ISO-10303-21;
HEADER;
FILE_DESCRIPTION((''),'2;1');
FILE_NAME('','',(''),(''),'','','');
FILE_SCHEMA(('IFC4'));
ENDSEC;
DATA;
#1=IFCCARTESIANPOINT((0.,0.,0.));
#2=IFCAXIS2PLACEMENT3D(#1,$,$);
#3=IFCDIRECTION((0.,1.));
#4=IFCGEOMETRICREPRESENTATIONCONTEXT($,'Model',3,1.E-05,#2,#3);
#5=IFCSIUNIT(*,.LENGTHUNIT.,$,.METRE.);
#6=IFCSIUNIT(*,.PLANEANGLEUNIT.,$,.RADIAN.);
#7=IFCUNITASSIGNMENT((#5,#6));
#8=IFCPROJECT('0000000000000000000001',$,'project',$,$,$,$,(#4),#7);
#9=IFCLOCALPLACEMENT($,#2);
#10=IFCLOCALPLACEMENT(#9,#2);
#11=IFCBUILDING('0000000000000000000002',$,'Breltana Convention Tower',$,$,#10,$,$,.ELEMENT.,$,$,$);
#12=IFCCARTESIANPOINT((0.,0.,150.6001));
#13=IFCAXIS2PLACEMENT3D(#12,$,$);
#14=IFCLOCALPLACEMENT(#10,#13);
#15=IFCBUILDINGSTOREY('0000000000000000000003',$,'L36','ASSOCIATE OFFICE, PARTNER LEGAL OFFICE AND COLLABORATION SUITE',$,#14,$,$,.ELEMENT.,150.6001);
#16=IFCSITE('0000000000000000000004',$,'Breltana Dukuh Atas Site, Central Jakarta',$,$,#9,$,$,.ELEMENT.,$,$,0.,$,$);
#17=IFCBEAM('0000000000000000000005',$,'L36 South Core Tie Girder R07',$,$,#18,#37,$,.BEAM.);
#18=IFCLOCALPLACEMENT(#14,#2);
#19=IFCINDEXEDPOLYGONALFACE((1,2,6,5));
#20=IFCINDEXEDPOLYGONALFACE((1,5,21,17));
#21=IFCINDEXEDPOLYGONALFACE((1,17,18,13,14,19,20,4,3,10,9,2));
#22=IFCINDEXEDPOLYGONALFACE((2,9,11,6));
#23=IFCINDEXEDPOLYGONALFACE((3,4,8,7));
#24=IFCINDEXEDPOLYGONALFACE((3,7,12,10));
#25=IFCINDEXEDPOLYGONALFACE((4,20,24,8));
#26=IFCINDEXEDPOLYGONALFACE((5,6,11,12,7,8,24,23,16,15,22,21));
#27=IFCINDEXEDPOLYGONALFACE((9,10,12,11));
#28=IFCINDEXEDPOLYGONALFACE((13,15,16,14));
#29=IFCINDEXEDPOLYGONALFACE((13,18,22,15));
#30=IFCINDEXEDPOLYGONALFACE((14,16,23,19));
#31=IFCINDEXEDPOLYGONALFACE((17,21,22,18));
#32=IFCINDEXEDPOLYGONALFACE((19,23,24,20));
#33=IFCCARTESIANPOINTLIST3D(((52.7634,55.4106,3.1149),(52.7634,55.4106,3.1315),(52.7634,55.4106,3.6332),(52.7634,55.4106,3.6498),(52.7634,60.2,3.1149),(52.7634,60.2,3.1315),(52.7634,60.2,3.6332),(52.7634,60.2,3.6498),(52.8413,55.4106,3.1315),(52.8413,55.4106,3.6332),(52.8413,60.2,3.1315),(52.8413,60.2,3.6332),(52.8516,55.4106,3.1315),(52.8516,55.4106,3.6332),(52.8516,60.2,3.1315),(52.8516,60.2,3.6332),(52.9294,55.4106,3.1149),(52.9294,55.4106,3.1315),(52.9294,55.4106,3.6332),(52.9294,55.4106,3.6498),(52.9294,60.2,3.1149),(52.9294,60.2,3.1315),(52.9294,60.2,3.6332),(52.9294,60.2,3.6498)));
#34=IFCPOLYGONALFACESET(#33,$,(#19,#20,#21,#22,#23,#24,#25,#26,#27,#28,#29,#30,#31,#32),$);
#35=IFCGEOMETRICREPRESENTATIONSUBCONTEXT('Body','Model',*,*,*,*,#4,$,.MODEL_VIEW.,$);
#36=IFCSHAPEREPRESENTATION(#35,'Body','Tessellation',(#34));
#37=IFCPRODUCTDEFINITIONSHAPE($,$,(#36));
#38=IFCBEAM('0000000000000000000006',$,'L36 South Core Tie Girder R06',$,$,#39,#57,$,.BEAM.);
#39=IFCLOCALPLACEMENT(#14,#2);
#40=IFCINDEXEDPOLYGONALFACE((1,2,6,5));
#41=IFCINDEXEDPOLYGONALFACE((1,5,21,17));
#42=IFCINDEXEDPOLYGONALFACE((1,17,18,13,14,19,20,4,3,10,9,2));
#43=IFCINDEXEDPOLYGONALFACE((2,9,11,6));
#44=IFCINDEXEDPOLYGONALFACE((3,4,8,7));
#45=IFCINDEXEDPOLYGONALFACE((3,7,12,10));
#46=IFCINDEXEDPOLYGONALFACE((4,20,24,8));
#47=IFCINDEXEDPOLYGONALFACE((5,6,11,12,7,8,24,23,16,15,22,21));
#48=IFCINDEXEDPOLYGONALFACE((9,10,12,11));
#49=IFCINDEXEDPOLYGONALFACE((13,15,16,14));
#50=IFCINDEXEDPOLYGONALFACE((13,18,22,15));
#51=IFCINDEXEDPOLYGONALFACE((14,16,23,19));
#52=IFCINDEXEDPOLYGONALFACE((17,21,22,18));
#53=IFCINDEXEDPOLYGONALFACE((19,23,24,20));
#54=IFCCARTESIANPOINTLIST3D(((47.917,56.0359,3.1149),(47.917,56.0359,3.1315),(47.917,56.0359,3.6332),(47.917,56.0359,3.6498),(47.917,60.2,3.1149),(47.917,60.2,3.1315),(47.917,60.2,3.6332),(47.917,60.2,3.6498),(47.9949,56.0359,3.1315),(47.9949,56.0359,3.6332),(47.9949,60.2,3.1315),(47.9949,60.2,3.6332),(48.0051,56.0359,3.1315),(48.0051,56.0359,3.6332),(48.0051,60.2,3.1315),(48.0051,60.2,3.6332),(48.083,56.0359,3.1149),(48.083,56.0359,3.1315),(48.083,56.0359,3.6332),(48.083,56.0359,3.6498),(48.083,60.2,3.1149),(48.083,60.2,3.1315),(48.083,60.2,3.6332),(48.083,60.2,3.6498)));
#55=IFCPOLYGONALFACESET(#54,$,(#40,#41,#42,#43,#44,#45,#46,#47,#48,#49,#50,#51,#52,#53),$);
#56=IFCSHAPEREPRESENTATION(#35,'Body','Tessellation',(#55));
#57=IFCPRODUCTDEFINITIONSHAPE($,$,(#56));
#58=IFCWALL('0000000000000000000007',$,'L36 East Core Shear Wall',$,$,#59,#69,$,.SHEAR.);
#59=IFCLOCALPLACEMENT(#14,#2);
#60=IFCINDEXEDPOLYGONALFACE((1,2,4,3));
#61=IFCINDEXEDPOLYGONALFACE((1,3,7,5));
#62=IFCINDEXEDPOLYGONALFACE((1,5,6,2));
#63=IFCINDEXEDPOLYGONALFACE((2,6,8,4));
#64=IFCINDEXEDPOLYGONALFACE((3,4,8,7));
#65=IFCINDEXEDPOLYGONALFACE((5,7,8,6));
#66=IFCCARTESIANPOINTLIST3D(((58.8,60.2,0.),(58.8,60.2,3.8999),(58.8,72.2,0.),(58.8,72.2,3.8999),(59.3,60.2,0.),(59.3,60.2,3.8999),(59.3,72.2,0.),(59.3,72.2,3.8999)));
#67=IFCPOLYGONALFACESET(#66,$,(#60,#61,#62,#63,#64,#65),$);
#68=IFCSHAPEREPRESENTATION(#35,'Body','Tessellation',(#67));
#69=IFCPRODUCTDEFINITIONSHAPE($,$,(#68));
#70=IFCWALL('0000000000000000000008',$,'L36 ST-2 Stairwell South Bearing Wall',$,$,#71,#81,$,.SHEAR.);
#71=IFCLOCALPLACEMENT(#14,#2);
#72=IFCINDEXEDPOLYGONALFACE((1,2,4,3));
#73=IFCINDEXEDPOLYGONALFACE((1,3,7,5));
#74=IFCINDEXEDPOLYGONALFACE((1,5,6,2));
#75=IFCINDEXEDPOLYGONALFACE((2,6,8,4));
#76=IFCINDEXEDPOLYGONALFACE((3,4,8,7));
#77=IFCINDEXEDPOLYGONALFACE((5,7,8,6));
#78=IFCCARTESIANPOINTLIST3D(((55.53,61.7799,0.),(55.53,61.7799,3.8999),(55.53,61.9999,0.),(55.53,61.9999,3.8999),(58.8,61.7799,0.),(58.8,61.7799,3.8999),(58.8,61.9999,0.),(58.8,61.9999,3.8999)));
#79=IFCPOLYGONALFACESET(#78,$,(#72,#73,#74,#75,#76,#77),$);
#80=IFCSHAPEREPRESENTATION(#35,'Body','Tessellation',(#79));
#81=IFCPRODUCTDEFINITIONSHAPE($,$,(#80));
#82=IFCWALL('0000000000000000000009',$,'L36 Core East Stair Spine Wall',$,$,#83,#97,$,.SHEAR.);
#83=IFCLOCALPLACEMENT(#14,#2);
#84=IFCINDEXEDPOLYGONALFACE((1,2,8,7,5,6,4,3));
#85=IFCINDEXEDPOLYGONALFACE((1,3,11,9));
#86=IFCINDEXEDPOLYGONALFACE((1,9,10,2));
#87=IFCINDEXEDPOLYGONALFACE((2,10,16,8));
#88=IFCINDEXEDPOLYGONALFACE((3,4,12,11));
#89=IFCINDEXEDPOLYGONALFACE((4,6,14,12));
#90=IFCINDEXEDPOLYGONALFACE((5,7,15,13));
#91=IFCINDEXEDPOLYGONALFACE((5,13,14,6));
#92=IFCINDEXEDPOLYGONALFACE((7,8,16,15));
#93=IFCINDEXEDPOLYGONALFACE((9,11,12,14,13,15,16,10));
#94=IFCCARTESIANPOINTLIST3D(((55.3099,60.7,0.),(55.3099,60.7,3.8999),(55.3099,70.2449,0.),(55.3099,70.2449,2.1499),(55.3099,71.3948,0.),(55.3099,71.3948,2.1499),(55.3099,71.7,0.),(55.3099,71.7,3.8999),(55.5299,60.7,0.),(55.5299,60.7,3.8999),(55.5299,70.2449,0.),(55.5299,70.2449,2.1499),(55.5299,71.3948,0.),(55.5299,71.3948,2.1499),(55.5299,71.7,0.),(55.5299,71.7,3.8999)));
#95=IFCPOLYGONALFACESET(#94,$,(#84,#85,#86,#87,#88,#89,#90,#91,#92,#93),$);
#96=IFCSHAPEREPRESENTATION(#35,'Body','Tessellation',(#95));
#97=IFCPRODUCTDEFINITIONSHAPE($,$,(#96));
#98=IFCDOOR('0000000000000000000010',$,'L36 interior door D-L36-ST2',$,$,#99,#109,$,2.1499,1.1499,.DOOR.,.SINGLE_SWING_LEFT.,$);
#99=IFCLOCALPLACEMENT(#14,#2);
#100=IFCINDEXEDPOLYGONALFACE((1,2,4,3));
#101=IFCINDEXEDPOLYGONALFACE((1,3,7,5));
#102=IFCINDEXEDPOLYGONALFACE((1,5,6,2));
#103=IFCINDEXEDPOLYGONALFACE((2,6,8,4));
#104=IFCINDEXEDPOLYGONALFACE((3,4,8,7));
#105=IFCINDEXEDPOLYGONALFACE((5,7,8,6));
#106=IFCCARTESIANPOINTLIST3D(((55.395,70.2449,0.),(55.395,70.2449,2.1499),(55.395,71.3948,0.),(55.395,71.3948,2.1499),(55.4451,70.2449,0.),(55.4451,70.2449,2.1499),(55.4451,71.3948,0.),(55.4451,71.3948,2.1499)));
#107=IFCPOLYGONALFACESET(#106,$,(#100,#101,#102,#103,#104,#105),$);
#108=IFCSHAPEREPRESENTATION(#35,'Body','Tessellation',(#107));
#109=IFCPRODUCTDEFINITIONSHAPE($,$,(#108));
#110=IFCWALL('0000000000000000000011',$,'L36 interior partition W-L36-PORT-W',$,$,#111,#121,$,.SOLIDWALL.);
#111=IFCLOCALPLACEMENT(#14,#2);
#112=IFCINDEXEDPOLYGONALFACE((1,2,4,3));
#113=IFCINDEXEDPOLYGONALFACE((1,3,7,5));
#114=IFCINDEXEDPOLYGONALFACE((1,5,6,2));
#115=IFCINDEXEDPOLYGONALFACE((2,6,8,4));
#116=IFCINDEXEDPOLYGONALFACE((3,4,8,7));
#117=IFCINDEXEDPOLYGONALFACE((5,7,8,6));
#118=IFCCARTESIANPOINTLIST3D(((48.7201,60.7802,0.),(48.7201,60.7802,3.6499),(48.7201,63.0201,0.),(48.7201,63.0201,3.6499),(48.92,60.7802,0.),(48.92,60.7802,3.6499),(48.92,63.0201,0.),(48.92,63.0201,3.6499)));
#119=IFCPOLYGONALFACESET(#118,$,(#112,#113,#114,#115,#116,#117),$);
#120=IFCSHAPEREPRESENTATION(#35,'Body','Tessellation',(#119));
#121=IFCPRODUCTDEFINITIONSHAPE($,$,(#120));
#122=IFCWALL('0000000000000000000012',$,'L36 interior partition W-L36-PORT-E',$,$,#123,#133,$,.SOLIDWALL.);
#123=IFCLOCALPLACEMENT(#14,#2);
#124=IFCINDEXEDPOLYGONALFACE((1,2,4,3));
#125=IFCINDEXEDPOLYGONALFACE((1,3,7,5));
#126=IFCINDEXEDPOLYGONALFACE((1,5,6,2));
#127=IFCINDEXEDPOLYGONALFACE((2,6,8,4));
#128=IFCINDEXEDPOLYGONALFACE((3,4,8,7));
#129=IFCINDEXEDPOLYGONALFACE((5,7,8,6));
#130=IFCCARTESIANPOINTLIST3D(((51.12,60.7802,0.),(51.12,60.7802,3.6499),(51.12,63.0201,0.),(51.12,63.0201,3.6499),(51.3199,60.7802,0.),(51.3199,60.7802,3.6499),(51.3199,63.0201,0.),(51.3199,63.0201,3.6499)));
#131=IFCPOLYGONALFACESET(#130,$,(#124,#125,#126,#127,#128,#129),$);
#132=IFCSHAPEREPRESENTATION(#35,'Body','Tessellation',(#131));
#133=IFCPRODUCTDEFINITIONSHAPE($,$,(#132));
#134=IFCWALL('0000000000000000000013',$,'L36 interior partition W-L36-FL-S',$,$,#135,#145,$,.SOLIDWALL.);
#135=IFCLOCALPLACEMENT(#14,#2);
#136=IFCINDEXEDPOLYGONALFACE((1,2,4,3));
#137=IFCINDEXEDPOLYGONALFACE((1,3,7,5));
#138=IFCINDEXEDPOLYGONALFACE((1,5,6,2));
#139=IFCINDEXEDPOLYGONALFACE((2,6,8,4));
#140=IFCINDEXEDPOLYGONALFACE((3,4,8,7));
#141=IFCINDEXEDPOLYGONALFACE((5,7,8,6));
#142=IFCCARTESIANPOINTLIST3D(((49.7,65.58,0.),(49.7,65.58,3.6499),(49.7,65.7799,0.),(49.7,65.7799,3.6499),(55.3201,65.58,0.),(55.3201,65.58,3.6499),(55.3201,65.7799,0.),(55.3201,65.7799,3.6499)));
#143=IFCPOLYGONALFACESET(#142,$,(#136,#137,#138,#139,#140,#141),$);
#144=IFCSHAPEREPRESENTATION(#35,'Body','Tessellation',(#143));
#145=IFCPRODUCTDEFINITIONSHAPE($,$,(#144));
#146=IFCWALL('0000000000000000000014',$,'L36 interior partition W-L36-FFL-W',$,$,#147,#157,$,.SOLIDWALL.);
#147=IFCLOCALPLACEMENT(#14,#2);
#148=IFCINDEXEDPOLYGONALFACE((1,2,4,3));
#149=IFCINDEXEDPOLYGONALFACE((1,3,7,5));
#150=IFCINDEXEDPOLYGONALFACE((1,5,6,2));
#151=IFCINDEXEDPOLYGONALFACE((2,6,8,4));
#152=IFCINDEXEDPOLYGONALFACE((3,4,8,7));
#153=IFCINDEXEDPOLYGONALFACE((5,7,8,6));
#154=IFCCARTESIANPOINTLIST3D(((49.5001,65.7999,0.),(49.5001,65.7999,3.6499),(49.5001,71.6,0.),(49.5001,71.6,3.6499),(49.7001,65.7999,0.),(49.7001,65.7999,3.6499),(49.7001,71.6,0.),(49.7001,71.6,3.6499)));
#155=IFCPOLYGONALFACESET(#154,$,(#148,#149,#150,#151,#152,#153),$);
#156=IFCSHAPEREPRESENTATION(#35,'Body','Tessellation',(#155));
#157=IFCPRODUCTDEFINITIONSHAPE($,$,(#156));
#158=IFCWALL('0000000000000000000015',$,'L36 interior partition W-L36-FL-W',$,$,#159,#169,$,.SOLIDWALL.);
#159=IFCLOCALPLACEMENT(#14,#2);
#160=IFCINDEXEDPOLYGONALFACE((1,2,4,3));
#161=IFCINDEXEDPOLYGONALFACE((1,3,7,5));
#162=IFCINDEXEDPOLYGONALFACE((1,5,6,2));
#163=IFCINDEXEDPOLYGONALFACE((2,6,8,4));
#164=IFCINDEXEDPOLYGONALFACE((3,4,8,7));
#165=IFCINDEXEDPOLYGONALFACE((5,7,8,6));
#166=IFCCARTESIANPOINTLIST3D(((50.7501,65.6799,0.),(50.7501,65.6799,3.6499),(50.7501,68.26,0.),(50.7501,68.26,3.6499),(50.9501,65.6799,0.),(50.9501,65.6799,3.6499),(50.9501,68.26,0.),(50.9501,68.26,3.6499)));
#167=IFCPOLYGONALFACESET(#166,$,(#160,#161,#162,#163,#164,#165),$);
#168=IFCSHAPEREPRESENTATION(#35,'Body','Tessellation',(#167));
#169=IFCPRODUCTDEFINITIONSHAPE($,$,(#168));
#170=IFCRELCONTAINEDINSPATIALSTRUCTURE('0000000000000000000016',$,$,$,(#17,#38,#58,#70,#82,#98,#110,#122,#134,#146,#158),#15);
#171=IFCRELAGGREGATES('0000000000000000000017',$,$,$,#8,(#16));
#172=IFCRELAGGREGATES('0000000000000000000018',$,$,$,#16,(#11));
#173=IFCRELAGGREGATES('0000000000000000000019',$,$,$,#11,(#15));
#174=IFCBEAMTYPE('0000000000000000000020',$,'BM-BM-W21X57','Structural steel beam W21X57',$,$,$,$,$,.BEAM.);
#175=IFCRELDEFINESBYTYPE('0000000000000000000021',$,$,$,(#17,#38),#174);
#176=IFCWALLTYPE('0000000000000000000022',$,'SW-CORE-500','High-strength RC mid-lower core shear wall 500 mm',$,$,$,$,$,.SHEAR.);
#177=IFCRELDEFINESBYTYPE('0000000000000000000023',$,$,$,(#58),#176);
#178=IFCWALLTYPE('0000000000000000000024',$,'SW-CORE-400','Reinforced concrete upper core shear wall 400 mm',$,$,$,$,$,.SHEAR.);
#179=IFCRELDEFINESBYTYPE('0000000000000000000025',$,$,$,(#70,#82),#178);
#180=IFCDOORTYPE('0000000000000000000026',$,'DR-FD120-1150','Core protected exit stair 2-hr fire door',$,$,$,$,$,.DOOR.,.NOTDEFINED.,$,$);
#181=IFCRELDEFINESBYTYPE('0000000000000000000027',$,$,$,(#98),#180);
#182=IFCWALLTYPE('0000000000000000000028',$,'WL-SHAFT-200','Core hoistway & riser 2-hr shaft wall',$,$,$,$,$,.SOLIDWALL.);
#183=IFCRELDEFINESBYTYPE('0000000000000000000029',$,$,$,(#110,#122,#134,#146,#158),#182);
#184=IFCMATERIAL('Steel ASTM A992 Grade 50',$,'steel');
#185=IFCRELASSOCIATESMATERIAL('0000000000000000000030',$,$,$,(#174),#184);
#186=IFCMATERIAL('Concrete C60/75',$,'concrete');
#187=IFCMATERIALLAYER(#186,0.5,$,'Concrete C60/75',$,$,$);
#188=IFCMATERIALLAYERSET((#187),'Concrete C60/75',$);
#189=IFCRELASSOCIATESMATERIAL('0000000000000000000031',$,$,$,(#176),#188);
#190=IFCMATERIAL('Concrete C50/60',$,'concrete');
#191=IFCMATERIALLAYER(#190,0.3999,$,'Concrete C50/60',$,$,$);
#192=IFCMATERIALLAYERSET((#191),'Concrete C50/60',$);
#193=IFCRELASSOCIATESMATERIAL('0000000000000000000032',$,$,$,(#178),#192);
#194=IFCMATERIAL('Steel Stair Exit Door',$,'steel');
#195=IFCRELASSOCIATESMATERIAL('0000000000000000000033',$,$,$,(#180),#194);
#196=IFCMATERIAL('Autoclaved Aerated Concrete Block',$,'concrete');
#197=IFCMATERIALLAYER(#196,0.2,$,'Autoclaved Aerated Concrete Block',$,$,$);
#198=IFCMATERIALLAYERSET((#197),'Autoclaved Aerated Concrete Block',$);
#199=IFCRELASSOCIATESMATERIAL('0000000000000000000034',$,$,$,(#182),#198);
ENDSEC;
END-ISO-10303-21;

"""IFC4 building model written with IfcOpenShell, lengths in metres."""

from ifc_helpers import new_model, si_unit, direction, frame, frame_2d, origin, origin_2d, place, context, subcontext, project, spatial, rectangle, i_section, extrude, source, transform, mapped, material, layer, layer_set, material_profile, profile_set, type_object, type_shapes, element, fill, save


model = new_model("IFC4")

# Units and contexts
model_context = context("Model", 3, precision=1e-05, world=origin(), true_north=direction((0.0, 1.0)))
body_context = subcontext(model_context, "Body", "Model", "MODEL_VIEW")
ifc_project = project(units=[si_unit("LENGTHUNIT", "METRE"), si_unit("PLANEANGLEUNIT", "RADIAN")], contexts=[model_context])

# Site, building, storey
site_placement = place(None, origin())
site = spatial("IfcSite", under=ifc_project, at=site_placement, Name="Breltana Dukuh Atas Site, Central Jakarta", CompositionType="ELEMENT", RefElevation=0.0)
building_placement = place(site_placement, origin())
building = spatial("IfcBuilding", under=site, at=building_placement, Name="Breltana Convention Tower", CompositionType="ELEMENT")
storey_placement = place(building_placement, frame((0.0, 0.0, 150.6001)))
storey = spatial("IfcBuildingStorey", under=building, at=storey_placement, Name="L36", Description="ASSOCIATE OFFICE, PARTNER LEGAL OFFICE AND COLLABORATION SUITE", CompositionType="ELEMENT", Elevation=150.6001)

# Beams
ifc_material_1 = material(Name="Steel ASTM A992 Grade 50", Category="steel")
ifc_material_profile = material_profile(ifc_material_1, i_section(OverallWidth=0.166, OverallDepth=0.5349, WebThickness=0.0103, FlangeThickness=0.0166, at=origin_2d()), Name="W21X57")
ifc_profile_set = profile_set([ifc_material_profile], Name="Steel ASTM A992 Grade 50")
beam_type = type_object("IfcBeamType", Name="BM-BM-W21X57", Description="Structural steel beam W21X57", PredefinedType="BEAM", material=ifc_profile_set)
shared_shape_1 = source(origin(), body_context, "Body", "SweptSolid", [
    extrude(i_section(OverallWidth=0.166, OverallDepth=0.5349, WebThickness=0.0103, FlangeThickness=0.0166, at=origin_2d()), origin(), (0.0, 0.0, 1.0), 4.7893),
])
beam_1_placement = place(storey_placement, frame((52.8464, 60.2, 3.3823), z_axis=(0.0, -1.0, 0.0), x_axis=(1.0, 0.0, 0.0)))
element("IfcBeam", 1, at=beam_1_placement, inside=storey, type_object=beam_type, Name="L36 South Core Tie Girder R07", PredefinedType="BEAM", context=body_context, shape_type="MappedRepresentation", body=[
    mapped(shared_shape_1, transform((0.0, 0.0, 0.0), scale=1.0)),
])
shared_shape_2 = source(origin(), body_context, "Body", "SweptSolid", [
    extrude(i_section(OverallWidth=0.166, OverallDepth=0.5349, WebThickness=0.0103, FlangeThickness=0.0166, at=origin_2d()), origin(), (0.0, 0.0, 1.0), 4.1641),
])
beam_2_placement = place(storey_placement, frame((48.0, 60.2, 3.3823), z_axis=(0.0, -1.0, 0.0), x_axis=(1.0, 0.0, 0.0)))
element("IfcBeam", 2, at=beam_2_placement, inside=storey, type_object=beam_type, Name="L36 South Core Tie Girder R06", PredefinedType="BEAM", context=body_context, shape_type="MappedRepresentation", body=[
    mapped(shared_shape_2, transform((0.0, 0.0, 0.0), scale=1.0)),
])

# Walls
ifc_material_2 = material(Name="Concrete C60/75", Category="concrete")
ifc_layer_1 = layer(ifc_material_2, 0.5, Name="Concrete C60/75")
ifc_layer_set_1 = layer_set([ifc_layer_1], Name="Concrete C60/75")
wall_type_1 = type_object("IfcWallType", Name="SW-CORE-500", Description="High-strength RC mid-lower core shear wall 500 mm", PredefinedType="SHEAR", material=ifc_layer_set_1)
shared_shape_3 = source(origin(), body_context, "Body", "SweptSolid", [
    extrude(rectangle(XDim=12.0, YDim=0.5, at=frame_2d((6.0, 0.0))), origin(), (0.0, 0.0, 1.0), 3.8999),
])
wall_1_placement = place(storey_placement, frame((59.05, 60.2, 0.0), z_axis=(0.0, 0.0, 1.0), x_axis=(0.0, 1.0, 0.0)))
element("IfcWall", 3, at=wall_1_placement, inside=storey, type_object=wall_type_1, Name="L36 East Core Shear Wall", PredefinedType="SHEAR", context=body_context, shape_type="MappedRepresentation", body=[
    mapped(shared_shape_3, transform((0.0, 0.0, 0.0), scale=1.0)),
])
ifc_material_3 = material(Name="Concrete C50/60", Category="concrete")
ifc_layer_2 = layer(ifc_material_3, 0.3999, Name="Concrete C50/60")
ifc_layer_set_2 = layer_set([ifc_layer_2], Name="Concrete C50/60")
wall_type_2 = type_object("IfcWallType", Name="SW-CORE-400", Description="Reinforced concrete upper core shear wall 400 mm", PredefinedType="SHEAR", material=ifc_layer_set_2)
shared_shape_4 = source(origin(), body_context, "Body", "SweptSolid", [
    extrude(rectangle(XDim=3.27, YDim=0.22, at=frame_2d((1.635, 0.0))), origin(), (0.0, 0.0, 1.0), 3.8999),
])
wall_2_placement = place(storey_placement, frame((55.53, 61.8899, 0.0), z_axis=(0.0, 0.0, 1.0), x_axis=(1.0, 0.0, 0.0)))
element("IfcWall", 4, at=wall_2_placement, inside=storey, type_object=wall_type_2, Name="L36 ST-2 Stairwell South Bearing Wall", PredefinedType="SHEAR", context=body_context, shape_type="MappedRepresentation", body=[
    mapped(shared_shape_4, transform((0.0, 0.0, 0.0), scale=1.0)),
])

# Wall, opening, door
shared_shape_5 = source(origin(), body_context, "Body", "SweptSolid", [
    extrude(rectangle(XDim=11.0, YDim=0.22, at=frame_2d((5.5, 0.0))), origin(), (0.0, 0.0, 1.0), 3.8999),
])
wall_3_placement = place(storey_placement, frame((55.4199, 60.7, 0.0), z_axis=(0.0, 0.0, 1.0), x_axis=(0.0, 1.0, 0.0)))
wall_3 = element("IfcWall", 5, at=wall_3_placement, inside=storey, type_object=wall_type_2, Name="L36 Core East Stair Spine Wall", PredefinedType="SHEAR", context=body_context, shape_type="MappedRepresentation", body=[
    mapped(shared_shape_5, transform((0.0, 0.0, 0.0), scale=1.0)),
])
opening_placement = place(wall_3_placement, frame((9.5449, 0.0, 0.0)))
opening = element("IfcOpeningElement", 6, at=opening_placement, cuts=wall_3, PredefinedType="OPENING", context=body_context, shape_type="SweptSolid", body=[
    extrude(rectangle(XDim=1.1499, YDim=2.1499, at=frame_2d((0.575, 1.075))), frame((0.0, 0.1201, 0.0), z_axis=(0.0, -1.0, 0.0), x_axis=(1.0, 0.0, 0.0)), (0.0, 0.0, 1.0), 0.24),
])
ifc_material_4 = material(Name="Steel Stair Exit Door", Category="steel")
door_type = type_object("IfcDoorType", Name="DR-FD120-1150", Description="Core protected exit stair 2-hr fire door", OperationType="NOTDEFINED", PredefinedType="DOOR", material=ifc_material_4)
shared_shape_6 = source(origin(), body_context, "Body", "SweptSolid", [
    extrude(rectangle(XDim=1.1499, YDim=2.1499, at=frame_2d((0.575, 1.075))), frame((0.0, 0.0249, 0.0), z_axis=(0.0, -1.0, 0.0), x_axis=(1.0, 0.0, 0.0)), (0.0, 0.0, 1.0), 0.05),
])
type_shapes(door_type, [shared_shape_6])
door_placement = place(opening_placement, origin())
door = element("IfcDoor", 7, at=door_placement, inside=storey, type_object=door_type, Name="L36 interior door D-L36-ST2", OperationType="SINGLE_SWING_LEFT", OverallHeight=2.1499, OverallWidth=1.1499, PredefinedType="DOOR", context=body_context, shape_type="MappedRepresentation", body=[
    mapped(shared_shape_6, transform((0.0, 0.0, 0.0), scale=1.0)),
])
fill(opening, door)

# Walls
ifc_material_5 = material(Name="Autoclaved Aerated Concrete Block", Category="concrete")
ifc_layer_3 = layer(ifc_material_5, 0.2, Name="Autoclaved Aerated Concrete Block")
ifc_layer_set_3 = layer_set([ifc_layer_3], Name="Autoclaved Aerated Concrete Block")
wall_type_3 = type_object("IfcWallType", Name="WL-SHAFT-200", Description="Core hoistway & riser 2-hr shaft wall", PredefinedType="SOLIDWALL", material=ifc_layer_set_3)
shared_shape_7 = source(origin(), body_context, "Body", "SweptSolid", [
    extrude(rectangle(XDim=2.24, YDim=0.2, at=frame_2d((1.1201, 0.0))), origin(), (0.0, 0.0, 1.0), 3.6499),
])
for number, where, z_axis, x_axis, name in (
    (8, (48.8201, 60.78, 0.0), (0.0, 0.0, 1.0), (0.0, 1.0, 0.0), "L36 interior partition W-L36-PORT-W"),
    (9, (51.22, 60.78, 0.0), (0.0, 0.0, 1.0), (0.0, 1.0, 0.0), "L36 interior partition W-L36-PORT-E"),
):
    element("IfcWall", number, at=place(storey_placement, frame(where, z_axis=z_axis, x_axis=x_axis)), inside=storey, type_object=wall_type_3, Name=name, PredefinedType="SOLIDWALL", context=body_context, shape_type="MappedRepresentation", body=[
        mapped(shared_shape_7, transform((0.0, 0.0, 0.0), scale=1.0)),
    ])
shared_shape_8 = source(origin(), body_context, "Body", "SweptSolid", [
    extrude(rectangle(XDim=5.6201, YDim=0.2, at=frame_2d((2.8101, 0.0))), origin(), (0.0, 0.0, 1.0), 3.6499),
])
wall_4_placement = place(storey_placement, frame((49.7, 65.6799, 0.0), z_axis=(0.0, 0.0, 1.0), x_axis=(1.0, 0.0, 0.0)))
element("IfcWall", 10, at=wall_4_placement, inside=storey, type_object=wall_type_3, Name="L36 interior partition W-L36-FL-S", PredefinedType="SOLIDWALL", context=body_context, shape_type="MappedRepresentation", body=[
    mapped(shared_shape_8, transform((0.0, 0.0, 0.0), scale=1.0)),
])
shared_shape_9 = source(origin(), body_context, "Body", "SweptSolid", [
    extrude(rectangle(XDim=5.8, YDim=0.2, at=frame_2d((2.8999, 0.0))), origin(), (0.0, 0.0, 1.0), 3.6499),
])
wall_5_placement = place(storey_placement, frame((49.6001, 65.8, 0.0), z_axis=(0.0, 0.0, 1.0), x_axis=(0.0, 1.0, 0.0)))
element("IfcWall", 11, at=wall_5_placement, inside=storey, type_object=wall_type_3, Name="L36 interior partition W-L36-FFL-W", PredefinedType="SOLIDWALL", context=body_context, shape_type="MappedRepresentation", body=[
    mapped(shared_shape_9, transform((0.0, 0.0, 0.0), scale=1.0)),
])
shared_shape_10 = source(origin(), body_context, "Body", "SweptSolid", [
    extrude(rectangle(XDim=2.5801, YDim=0.2, at=frame_2d((1.29, 0.0))), origin(), (0.0, 0.0, 1.0), 3.6499),
])
wall_6_placement = place(storey_placement, frame((50.8501, 65.6799, 0.0), z_axis=(0.0, 0.0, 1.0), x_axis=(0.0, 1.0, 0.0)))
element("IfcWall", 12, at=wall_6_placement, inside=storey, type_object=wall_type_3, Name="L36 interior partition W-L36-FL-W", PredefinedType="SOLIDWALL", context=body_context, shape_type="MappedRepresentation", body=[
    mapped(shared_shape_10, transform((0.0, 0.0, 0.0), scale=1.0)),
])

save(model, "model.ifc")
